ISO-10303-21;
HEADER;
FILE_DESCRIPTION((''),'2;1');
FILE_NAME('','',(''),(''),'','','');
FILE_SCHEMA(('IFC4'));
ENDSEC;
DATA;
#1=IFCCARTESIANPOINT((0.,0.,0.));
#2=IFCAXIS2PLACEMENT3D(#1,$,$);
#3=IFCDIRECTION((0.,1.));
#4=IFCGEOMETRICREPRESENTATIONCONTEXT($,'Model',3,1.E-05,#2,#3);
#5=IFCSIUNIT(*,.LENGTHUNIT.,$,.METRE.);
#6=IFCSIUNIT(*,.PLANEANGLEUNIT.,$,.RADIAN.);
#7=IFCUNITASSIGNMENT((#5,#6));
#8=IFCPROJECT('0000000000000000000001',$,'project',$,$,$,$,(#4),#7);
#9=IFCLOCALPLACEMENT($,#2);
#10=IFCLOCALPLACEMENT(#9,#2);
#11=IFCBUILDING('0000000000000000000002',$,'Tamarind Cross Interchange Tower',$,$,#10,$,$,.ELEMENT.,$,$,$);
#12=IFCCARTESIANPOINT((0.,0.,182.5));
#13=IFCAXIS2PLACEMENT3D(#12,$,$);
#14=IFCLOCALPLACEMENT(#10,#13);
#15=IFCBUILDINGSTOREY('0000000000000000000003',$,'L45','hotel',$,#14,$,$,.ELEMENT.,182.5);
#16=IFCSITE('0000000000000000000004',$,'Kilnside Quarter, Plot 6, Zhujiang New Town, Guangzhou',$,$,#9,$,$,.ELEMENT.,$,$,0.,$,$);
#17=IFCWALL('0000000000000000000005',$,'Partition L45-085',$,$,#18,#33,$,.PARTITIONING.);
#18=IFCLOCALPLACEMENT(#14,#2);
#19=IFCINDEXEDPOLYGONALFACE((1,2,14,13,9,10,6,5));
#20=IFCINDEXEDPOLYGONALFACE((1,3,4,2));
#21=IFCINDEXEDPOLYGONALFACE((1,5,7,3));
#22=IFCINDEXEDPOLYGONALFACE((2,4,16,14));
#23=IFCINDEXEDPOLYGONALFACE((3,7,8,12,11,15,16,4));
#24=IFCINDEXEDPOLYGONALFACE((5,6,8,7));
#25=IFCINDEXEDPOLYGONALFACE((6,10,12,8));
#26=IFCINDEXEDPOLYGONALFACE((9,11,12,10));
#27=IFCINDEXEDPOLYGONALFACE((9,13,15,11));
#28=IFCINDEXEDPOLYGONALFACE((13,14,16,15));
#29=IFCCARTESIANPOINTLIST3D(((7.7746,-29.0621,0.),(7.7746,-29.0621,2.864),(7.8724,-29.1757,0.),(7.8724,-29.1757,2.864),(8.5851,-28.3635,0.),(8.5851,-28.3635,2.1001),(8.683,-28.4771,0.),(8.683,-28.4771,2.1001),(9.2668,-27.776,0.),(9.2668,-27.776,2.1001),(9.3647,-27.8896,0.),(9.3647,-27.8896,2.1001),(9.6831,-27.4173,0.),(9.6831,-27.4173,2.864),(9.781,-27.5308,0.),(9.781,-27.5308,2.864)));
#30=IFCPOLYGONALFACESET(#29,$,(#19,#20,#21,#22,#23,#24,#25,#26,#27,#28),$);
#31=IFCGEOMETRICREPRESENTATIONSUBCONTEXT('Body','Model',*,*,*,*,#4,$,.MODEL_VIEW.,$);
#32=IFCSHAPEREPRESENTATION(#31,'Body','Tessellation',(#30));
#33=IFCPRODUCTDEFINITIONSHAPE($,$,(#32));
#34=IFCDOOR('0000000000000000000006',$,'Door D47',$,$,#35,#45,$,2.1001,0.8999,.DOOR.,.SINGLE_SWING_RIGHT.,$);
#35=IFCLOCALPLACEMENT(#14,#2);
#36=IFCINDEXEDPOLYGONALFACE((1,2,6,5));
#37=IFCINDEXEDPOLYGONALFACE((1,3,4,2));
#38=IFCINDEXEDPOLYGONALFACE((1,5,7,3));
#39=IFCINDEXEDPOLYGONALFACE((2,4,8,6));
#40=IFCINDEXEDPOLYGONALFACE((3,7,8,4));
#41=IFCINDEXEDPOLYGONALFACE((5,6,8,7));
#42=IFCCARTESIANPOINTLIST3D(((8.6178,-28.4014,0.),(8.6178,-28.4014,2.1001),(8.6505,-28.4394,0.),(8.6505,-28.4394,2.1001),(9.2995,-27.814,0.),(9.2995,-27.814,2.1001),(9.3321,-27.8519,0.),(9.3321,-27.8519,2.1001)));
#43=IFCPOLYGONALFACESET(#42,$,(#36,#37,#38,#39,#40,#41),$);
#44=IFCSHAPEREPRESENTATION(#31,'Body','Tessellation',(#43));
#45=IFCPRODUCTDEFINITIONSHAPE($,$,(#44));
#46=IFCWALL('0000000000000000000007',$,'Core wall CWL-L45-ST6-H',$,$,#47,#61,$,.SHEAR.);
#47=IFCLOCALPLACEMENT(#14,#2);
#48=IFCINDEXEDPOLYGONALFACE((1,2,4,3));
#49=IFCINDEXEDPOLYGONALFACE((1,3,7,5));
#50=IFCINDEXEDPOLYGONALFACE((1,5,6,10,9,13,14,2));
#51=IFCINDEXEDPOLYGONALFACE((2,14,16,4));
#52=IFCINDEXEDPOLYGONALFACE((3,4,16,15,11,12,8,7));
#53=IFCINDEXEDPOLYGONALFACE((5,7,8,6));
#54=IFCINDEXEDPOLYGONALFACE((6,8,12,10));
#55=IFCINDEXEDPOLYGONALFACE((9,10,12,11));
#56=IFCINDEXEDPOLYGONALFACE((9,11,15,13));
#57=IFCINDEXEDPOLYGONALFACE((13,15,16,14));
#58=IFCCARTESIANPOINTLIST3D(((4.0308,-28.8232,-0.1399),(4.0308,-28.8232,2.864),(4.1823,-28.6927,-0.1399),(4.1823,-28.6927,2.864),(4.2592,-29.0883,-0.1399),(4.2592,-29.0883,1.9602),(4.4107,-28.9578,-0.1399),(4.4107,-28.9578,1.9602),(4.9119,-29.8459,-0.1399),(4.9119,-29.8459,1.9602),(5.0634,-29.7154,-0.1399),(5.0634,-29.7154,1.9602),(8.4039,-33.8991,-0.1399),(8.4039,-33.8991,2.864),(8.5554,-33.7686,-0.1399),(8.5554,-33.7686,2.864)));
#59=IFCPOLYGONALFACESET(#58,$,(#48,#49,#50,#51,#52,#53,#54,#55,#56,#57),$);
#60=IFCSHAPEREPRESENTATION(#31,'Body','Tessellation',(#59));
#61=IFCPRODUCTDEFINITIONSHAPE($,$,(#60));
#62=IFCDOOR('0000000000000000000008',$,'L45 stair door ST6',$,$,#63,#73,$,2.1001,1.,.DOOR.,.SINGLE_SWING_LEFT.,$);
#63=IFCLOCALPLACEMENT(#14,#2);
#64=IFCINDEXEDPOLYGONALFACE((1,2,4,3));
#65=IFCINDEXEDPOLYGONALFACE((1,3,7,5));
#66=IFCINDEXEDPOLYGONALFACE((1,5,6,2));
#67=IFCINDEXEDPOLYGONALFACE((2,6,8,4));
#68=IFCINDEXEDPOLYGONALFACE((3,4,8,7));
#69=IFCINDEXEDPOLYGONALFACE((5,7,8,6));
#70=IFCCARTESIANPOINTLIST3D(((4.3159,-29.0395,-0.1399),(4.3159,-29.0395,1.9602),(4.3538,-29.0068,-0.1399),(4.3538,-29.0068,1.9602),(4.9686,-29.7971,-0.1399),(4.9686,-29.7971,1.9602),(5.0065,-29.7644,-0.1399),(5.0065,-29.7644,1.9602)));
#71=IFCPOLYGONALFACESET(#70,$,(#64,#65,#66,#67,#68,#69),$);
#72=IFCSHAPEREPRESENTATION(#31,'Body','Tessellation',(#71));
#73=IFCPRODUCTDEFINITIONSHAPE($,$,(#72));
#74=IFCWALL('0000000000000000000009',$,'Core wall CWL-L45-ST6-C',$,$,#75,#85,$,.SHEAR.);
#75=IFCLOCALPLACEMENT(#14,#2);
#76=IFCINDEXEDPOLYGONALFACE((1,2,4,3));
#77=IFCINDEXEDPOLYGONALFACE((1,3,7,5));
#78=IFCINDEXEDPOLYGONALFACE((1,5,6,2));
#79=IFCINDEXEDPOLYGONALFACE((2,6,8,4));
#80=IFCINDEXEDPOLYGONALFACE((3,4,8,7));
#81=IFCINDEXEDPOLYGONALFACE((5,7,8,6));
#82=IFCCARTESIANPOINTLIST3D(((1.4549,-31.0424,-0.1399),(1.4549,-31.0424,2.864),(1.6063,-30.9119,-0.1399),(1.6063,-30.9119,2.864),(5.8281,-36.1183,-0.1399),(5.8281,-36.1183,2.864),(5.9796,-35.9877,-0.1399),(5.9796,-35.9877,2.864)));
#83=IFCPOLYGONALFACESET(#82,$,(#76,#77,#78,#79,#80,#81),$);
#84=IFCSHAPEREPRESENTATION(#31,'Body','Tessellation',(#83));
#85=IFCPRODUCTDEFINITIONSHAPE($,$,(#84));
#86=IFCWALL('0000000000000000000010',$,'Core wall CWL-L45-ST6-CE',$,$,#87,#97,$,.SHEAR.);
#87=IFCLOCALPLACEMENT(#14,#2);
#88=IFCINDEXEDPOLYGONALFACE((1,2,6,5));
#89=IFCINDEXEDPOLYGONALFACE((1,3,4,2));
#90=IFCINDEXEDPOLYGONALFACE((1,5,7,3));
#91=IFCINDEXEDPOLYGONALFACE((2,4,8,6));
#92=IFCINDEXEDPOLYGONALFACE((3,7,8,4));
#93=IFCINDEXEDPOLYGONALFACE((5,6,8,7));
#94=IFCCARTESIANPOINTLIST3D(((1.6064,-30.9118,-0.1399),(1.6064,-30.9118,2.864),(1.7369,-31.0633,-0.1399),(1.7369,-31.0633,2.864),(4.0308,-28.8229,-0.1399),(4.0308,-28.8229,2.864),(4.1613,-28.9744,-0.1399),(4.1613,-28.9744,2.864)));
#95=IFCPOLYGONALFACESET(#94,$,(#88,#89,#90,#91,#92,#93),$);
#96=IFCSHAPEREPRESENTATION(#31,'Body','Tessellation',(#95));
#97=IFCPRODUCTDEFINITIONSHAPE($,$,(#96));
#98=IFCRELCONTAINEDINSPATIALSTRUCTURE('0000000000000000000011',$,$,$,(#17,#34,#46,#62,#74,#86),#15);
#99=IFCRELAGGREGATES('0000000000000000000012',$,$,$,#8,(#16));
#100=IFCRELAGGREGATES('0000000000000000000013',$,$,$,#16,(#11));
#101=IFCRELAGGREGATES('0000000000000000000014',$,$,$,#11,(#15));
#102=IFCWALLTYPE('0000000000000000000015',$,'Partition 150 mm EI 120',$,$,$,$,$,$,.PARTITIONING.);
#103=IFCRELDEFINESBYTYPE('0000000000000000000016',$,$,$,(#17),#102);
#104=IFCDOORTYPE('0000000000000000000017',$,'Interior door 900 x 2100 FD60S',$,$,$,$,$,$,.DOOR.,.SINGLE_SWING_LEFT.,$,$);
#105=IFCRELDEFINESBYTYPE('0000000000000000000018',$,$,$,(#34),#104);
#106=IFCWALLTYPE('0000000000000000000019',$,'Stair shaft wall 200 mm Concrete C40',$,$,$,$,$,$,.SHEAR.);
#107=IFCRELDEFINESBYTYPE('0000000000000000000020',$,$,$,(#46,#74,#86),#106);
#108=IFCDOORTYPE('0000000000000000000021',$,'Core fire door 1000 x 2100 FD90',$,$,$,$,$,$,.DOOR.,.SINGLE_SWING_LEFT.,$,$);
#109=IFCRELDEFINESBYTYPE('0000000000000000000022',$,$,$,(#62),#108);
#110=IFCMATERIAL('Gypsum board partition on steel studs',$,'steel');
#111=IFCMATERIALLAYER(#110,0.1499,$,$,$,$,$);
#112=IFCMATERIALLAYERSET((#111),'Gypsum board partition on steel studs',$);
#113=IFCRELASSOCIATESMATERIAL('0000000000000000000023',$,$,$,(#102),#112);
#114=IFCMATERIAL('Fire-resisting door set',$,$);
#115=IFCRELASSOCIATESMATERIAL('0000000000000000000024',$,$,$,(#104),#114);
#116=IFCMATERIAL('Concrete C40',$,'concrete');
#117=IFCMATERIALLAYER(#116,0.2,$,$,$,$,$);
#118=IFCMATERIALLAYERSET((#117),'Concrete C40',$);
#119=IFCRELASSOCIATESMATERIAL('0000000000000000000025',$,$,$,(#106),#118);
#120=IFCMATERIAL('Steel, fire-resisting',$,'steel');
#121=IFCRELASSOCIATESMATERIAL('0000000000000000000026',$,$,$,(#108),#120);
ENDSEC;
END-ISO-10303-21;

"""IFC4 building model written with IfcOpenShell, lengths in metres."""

from ifc_helpers import new_model, si_unit, direction, frame, frame_2d, origin, place, context, subcontext, project, spatial, rectangle, extrude, material, layer, layer_set, type_object, element, fill, save


model = new_model("IFC4")

# Units and contexts
model_context = context("Model", 3, precision=1e-05, world=origin(), true_north=direction((0.0, 1.0)))
body_context = subcontext(model_context, "Body", "Model", "MODEL_VIEW")
ifc_project = project(units=[si_unit("LENGTHUNIT", "METRE"), si_unit("PLANEANGLEUNIT", "RADIAN")], contexts=[model_context])

# Site, building, storey
site_placement = place(None, origin())
site = spatial("IfcSite", under=ifc_project, at=site_placement, Name="Kilnside Quarter, Plot 6, Zhujiang New Town, Guangzhou", CompositionType="ELEMENT", RefElevation=0.0)
building_placement = place(site_placement, origin())
building = spatial("IfcBuilding", under=site, at=building_placement, Name="Tamarind Cross Interchange Tower", CompositionType="ELEMENT")
storey_placement = place(building_placement, frame((0.0, 0.0, 182.5)))
storey = spatial("IfcBuildingStorey", under=building, at=storey_placement, Name="L45", Description="hotel", CompositionType="ELEMENT", Elevation=182.5)

# Shared definitions
ifc_material_1 = material(Name="Concrete C40", Category="concrete")

# Shared definitions
ifc_material_2 = material(Name="Gypsum board partition on steel studs", Category="steel")
ifc_layer_1 = layer(ifc_material_2, 0.1499)
ifc_layer_set_1 = layer_set([ifc_layer_1], Name="Gypsum board partition on steel studs")
wall_type_1 = type_object("IfcWallType", Name="Partition 150 mm EI 120", PredefinedType="PARTITIONING", material=ifc_layer_set_1)
ifc_material_3 = material(Name="Fire-resisting door set")
door_type_1 = type_object("IfcDoorType", Name="Interior door 900 x 2100 FD60S", OperationType="SINGLE_SWING_LEFT", PredefinedType="DOOR", material=ifc_material_3)

# Walls, openings, doors
wall_1_placement = place(storey_placement, frame((7.8235, -29.1189, 0.0), z_axis=(0.0, 0.0, 1.0), x_axis=(0.757496, 0.65284, 0.0)))
wall_1 = element("IfcWall", 1, at=wall_1_placement, inside=storey, type_object=wall_type_1, Name="Partition L45-085", PredefinedType="PARTITIONING", context=body_context, shape_type="SweptSolid", body=[
    extrude(rectangle(XDim=2.5195, YDim=0.1499, at=frame_2d((1.2598, 0.0))), origin(), (0.0, 0.0, 1.0), 2.864),
])
opening_1_placement = place(wall_1_placement, frame((1.0701, 0.0, 0.0)))
opening_1 = element("IfcOpeningElement", 2, at=opening_1_placement, cuts=wall_1, PredefinedType="OPENING", context=body_context, shape_type="SweptSolid", body=[
    extrude(rectangle(XDim=0.8999, YDim=2.1001, at=frame_2d((0.45, 1.05))), frame((0.0, 0.085, 0.0), z_axis=(0.0, -1.0, 0.0), x_axis=(1.0, 0.0, 0.0)), (0.0, 0.0, 1.0), 0.1699),
])
door_1_placement = place(opening_1_placement, origin())
door_1 = element("IfcDoor", 3, at=door_1_placement, inside=storey, type_object=door_type_1, Name="Door D47", OperationType="SINGLE_SWING_RIGHT", OverallHeight=2.1001, OverallWidth=0.8999, PredefinedType="DOOR", context=body_context, shape_type="SweptSolid", body=[
    extrude(rectangle(XDim=0.8999, YDim=2.1001, at=frame_2d((0.45, 1.05))), frame((0.0, 0.0249, 0.0), z_axis=(0.0, -1.0, 0.0), x_axis=(1.0, 0.0, 0.0)), (0.0, 0.0, 1.0), 0.05),
])
fill(opening_1, door_1)
ifc_layer_2 = layer(ifc_material_1, 0.2)
ifc_layer_set_2 = layer_set([ifc_layer_2], Name="Concrete C40")
wall_type_2 = type_object("IfcWallType", Name="Stair shaft wall 200 mm Concrete C40", PredefinedType="SHEAR", material=ifc_layer_set_2)
wall_2_placement = place(storey_placement, frame((4.1064, -28.7578, -0.1399), z_axis=(0.0, 0.0, 1.0), x_axis=(0.652704, -0.757613, 0.0)))
wall_2 = element("IfcWall", 4, at=wall_2_placement, inside=storey, type_object=wall_type_2, Name="Core wall CWL-L45-ST6-H", PredefinedType="SHEAR", context=body_context, shape_type="SweptSolid", body=[
    extrude(rectangle(XDim=6.7, YDim=0.2, at=frame_2d((3.3501, 0.0))), origin(), (0.0, 0.0, 1.0), 3.0039),
])
opening_2_placement = place(wall_2_placement, frame((0.3501, 0.0, 0.0)))
opening_2 = element("IfcOpeningElement", 5, at=opening_2_placement, cuts=wall_2, PredefinedType="OPENING", context=body_context, shape_type="SweptSolid", body=[
    extrude(rectangle(XDim=1.0, YDim=2.1001, at=frame_2d((0.5, 1.05))), frame((0.0, 0.1099, 0.0), z_axis=(0.0, -1.0, 0.0), x_axis=(1.0, 0.0, 0.0)), (0.0, 0.0, 1.0), 0.22),
])
ifc_material_4 = material(Name="Steel, fire-resisting", Category="steel")
door_type_2 = type_object("IfcDoorType", Name="Core fire door 1000 x 2100 FD90", OperationType="SINGLE_SWING_LEFT", PredefinedType="DOOR", material=ifc_material_4)
door_2_placement = place(opening_2_placement, origin())
door_2 = element("IfcDoor", 6, at=door_2_placement, inside=storey, type_object=door_type_2, Name="L45 stair door ST6", OperationType="SINGLE_SWING_LEFT", OverallHeight=2.1001, OverallWidth=1.0, PredefinedType="DOOR", context=body_context, shape_type="SweptSolid", body=[
    extrude(rectangle(XDim=1.0, YDim=2.1001, at=frame_2d((0.5, 1.05))), frame((0.0, 0.0249, 0.0), z_axis=(0.0, -1.0, 0.0), x_axis=(1.0, 0.0, 0.0)), (0.0, 0.0, 1.0), 0.05),
])
fill(opening_2, door_2)

# Walls
wall_3_placement = place(storey_placement, frame((1.5305, -30.9771, -0.1399), z_axis=(0.0, 0.0, 1.0), x_axis=(0.652725, -0.757595, 0.0)))
element("IfcWall", 7, at=wall_3_placement, inside=storey, type_object=wall_type_2, Name="Core wall CWL-L45-ST6-C", PredefinedType="SHEAR", context=body_context, shape_type="SweptSolid", body=[
    extrude(rectangle(XDim=6.7, YDim=0.2, at=frame_2d((3.3501, 0.0))), origin(), (0.0, 0.0, 1.0), 3.0039),
])
wall_4_placement = place(storey_placement, frame((1.6716, -30.9875, -0.1399), z_axis=(0.0, 0.0, 1.0), x_axis=(0.757574, 0.652749, 0.0)))
element("IfcWall", 8, at=wall_4_placement, inside=storey, type_object=wall_type_2, Name="Core wall CWL-L45-ST6-CE", PredefinedType="SHEAR", context=body_context, shape_type="SweptSolid", body=[
    extrude(rectangle(XDim=3.2002, YDim=0.2, at=frame_2d((1.6001, 0.0))), origin(), (0.0, 0.0, 1.0), 3.0039),
])

save(model, "model.ifc")
